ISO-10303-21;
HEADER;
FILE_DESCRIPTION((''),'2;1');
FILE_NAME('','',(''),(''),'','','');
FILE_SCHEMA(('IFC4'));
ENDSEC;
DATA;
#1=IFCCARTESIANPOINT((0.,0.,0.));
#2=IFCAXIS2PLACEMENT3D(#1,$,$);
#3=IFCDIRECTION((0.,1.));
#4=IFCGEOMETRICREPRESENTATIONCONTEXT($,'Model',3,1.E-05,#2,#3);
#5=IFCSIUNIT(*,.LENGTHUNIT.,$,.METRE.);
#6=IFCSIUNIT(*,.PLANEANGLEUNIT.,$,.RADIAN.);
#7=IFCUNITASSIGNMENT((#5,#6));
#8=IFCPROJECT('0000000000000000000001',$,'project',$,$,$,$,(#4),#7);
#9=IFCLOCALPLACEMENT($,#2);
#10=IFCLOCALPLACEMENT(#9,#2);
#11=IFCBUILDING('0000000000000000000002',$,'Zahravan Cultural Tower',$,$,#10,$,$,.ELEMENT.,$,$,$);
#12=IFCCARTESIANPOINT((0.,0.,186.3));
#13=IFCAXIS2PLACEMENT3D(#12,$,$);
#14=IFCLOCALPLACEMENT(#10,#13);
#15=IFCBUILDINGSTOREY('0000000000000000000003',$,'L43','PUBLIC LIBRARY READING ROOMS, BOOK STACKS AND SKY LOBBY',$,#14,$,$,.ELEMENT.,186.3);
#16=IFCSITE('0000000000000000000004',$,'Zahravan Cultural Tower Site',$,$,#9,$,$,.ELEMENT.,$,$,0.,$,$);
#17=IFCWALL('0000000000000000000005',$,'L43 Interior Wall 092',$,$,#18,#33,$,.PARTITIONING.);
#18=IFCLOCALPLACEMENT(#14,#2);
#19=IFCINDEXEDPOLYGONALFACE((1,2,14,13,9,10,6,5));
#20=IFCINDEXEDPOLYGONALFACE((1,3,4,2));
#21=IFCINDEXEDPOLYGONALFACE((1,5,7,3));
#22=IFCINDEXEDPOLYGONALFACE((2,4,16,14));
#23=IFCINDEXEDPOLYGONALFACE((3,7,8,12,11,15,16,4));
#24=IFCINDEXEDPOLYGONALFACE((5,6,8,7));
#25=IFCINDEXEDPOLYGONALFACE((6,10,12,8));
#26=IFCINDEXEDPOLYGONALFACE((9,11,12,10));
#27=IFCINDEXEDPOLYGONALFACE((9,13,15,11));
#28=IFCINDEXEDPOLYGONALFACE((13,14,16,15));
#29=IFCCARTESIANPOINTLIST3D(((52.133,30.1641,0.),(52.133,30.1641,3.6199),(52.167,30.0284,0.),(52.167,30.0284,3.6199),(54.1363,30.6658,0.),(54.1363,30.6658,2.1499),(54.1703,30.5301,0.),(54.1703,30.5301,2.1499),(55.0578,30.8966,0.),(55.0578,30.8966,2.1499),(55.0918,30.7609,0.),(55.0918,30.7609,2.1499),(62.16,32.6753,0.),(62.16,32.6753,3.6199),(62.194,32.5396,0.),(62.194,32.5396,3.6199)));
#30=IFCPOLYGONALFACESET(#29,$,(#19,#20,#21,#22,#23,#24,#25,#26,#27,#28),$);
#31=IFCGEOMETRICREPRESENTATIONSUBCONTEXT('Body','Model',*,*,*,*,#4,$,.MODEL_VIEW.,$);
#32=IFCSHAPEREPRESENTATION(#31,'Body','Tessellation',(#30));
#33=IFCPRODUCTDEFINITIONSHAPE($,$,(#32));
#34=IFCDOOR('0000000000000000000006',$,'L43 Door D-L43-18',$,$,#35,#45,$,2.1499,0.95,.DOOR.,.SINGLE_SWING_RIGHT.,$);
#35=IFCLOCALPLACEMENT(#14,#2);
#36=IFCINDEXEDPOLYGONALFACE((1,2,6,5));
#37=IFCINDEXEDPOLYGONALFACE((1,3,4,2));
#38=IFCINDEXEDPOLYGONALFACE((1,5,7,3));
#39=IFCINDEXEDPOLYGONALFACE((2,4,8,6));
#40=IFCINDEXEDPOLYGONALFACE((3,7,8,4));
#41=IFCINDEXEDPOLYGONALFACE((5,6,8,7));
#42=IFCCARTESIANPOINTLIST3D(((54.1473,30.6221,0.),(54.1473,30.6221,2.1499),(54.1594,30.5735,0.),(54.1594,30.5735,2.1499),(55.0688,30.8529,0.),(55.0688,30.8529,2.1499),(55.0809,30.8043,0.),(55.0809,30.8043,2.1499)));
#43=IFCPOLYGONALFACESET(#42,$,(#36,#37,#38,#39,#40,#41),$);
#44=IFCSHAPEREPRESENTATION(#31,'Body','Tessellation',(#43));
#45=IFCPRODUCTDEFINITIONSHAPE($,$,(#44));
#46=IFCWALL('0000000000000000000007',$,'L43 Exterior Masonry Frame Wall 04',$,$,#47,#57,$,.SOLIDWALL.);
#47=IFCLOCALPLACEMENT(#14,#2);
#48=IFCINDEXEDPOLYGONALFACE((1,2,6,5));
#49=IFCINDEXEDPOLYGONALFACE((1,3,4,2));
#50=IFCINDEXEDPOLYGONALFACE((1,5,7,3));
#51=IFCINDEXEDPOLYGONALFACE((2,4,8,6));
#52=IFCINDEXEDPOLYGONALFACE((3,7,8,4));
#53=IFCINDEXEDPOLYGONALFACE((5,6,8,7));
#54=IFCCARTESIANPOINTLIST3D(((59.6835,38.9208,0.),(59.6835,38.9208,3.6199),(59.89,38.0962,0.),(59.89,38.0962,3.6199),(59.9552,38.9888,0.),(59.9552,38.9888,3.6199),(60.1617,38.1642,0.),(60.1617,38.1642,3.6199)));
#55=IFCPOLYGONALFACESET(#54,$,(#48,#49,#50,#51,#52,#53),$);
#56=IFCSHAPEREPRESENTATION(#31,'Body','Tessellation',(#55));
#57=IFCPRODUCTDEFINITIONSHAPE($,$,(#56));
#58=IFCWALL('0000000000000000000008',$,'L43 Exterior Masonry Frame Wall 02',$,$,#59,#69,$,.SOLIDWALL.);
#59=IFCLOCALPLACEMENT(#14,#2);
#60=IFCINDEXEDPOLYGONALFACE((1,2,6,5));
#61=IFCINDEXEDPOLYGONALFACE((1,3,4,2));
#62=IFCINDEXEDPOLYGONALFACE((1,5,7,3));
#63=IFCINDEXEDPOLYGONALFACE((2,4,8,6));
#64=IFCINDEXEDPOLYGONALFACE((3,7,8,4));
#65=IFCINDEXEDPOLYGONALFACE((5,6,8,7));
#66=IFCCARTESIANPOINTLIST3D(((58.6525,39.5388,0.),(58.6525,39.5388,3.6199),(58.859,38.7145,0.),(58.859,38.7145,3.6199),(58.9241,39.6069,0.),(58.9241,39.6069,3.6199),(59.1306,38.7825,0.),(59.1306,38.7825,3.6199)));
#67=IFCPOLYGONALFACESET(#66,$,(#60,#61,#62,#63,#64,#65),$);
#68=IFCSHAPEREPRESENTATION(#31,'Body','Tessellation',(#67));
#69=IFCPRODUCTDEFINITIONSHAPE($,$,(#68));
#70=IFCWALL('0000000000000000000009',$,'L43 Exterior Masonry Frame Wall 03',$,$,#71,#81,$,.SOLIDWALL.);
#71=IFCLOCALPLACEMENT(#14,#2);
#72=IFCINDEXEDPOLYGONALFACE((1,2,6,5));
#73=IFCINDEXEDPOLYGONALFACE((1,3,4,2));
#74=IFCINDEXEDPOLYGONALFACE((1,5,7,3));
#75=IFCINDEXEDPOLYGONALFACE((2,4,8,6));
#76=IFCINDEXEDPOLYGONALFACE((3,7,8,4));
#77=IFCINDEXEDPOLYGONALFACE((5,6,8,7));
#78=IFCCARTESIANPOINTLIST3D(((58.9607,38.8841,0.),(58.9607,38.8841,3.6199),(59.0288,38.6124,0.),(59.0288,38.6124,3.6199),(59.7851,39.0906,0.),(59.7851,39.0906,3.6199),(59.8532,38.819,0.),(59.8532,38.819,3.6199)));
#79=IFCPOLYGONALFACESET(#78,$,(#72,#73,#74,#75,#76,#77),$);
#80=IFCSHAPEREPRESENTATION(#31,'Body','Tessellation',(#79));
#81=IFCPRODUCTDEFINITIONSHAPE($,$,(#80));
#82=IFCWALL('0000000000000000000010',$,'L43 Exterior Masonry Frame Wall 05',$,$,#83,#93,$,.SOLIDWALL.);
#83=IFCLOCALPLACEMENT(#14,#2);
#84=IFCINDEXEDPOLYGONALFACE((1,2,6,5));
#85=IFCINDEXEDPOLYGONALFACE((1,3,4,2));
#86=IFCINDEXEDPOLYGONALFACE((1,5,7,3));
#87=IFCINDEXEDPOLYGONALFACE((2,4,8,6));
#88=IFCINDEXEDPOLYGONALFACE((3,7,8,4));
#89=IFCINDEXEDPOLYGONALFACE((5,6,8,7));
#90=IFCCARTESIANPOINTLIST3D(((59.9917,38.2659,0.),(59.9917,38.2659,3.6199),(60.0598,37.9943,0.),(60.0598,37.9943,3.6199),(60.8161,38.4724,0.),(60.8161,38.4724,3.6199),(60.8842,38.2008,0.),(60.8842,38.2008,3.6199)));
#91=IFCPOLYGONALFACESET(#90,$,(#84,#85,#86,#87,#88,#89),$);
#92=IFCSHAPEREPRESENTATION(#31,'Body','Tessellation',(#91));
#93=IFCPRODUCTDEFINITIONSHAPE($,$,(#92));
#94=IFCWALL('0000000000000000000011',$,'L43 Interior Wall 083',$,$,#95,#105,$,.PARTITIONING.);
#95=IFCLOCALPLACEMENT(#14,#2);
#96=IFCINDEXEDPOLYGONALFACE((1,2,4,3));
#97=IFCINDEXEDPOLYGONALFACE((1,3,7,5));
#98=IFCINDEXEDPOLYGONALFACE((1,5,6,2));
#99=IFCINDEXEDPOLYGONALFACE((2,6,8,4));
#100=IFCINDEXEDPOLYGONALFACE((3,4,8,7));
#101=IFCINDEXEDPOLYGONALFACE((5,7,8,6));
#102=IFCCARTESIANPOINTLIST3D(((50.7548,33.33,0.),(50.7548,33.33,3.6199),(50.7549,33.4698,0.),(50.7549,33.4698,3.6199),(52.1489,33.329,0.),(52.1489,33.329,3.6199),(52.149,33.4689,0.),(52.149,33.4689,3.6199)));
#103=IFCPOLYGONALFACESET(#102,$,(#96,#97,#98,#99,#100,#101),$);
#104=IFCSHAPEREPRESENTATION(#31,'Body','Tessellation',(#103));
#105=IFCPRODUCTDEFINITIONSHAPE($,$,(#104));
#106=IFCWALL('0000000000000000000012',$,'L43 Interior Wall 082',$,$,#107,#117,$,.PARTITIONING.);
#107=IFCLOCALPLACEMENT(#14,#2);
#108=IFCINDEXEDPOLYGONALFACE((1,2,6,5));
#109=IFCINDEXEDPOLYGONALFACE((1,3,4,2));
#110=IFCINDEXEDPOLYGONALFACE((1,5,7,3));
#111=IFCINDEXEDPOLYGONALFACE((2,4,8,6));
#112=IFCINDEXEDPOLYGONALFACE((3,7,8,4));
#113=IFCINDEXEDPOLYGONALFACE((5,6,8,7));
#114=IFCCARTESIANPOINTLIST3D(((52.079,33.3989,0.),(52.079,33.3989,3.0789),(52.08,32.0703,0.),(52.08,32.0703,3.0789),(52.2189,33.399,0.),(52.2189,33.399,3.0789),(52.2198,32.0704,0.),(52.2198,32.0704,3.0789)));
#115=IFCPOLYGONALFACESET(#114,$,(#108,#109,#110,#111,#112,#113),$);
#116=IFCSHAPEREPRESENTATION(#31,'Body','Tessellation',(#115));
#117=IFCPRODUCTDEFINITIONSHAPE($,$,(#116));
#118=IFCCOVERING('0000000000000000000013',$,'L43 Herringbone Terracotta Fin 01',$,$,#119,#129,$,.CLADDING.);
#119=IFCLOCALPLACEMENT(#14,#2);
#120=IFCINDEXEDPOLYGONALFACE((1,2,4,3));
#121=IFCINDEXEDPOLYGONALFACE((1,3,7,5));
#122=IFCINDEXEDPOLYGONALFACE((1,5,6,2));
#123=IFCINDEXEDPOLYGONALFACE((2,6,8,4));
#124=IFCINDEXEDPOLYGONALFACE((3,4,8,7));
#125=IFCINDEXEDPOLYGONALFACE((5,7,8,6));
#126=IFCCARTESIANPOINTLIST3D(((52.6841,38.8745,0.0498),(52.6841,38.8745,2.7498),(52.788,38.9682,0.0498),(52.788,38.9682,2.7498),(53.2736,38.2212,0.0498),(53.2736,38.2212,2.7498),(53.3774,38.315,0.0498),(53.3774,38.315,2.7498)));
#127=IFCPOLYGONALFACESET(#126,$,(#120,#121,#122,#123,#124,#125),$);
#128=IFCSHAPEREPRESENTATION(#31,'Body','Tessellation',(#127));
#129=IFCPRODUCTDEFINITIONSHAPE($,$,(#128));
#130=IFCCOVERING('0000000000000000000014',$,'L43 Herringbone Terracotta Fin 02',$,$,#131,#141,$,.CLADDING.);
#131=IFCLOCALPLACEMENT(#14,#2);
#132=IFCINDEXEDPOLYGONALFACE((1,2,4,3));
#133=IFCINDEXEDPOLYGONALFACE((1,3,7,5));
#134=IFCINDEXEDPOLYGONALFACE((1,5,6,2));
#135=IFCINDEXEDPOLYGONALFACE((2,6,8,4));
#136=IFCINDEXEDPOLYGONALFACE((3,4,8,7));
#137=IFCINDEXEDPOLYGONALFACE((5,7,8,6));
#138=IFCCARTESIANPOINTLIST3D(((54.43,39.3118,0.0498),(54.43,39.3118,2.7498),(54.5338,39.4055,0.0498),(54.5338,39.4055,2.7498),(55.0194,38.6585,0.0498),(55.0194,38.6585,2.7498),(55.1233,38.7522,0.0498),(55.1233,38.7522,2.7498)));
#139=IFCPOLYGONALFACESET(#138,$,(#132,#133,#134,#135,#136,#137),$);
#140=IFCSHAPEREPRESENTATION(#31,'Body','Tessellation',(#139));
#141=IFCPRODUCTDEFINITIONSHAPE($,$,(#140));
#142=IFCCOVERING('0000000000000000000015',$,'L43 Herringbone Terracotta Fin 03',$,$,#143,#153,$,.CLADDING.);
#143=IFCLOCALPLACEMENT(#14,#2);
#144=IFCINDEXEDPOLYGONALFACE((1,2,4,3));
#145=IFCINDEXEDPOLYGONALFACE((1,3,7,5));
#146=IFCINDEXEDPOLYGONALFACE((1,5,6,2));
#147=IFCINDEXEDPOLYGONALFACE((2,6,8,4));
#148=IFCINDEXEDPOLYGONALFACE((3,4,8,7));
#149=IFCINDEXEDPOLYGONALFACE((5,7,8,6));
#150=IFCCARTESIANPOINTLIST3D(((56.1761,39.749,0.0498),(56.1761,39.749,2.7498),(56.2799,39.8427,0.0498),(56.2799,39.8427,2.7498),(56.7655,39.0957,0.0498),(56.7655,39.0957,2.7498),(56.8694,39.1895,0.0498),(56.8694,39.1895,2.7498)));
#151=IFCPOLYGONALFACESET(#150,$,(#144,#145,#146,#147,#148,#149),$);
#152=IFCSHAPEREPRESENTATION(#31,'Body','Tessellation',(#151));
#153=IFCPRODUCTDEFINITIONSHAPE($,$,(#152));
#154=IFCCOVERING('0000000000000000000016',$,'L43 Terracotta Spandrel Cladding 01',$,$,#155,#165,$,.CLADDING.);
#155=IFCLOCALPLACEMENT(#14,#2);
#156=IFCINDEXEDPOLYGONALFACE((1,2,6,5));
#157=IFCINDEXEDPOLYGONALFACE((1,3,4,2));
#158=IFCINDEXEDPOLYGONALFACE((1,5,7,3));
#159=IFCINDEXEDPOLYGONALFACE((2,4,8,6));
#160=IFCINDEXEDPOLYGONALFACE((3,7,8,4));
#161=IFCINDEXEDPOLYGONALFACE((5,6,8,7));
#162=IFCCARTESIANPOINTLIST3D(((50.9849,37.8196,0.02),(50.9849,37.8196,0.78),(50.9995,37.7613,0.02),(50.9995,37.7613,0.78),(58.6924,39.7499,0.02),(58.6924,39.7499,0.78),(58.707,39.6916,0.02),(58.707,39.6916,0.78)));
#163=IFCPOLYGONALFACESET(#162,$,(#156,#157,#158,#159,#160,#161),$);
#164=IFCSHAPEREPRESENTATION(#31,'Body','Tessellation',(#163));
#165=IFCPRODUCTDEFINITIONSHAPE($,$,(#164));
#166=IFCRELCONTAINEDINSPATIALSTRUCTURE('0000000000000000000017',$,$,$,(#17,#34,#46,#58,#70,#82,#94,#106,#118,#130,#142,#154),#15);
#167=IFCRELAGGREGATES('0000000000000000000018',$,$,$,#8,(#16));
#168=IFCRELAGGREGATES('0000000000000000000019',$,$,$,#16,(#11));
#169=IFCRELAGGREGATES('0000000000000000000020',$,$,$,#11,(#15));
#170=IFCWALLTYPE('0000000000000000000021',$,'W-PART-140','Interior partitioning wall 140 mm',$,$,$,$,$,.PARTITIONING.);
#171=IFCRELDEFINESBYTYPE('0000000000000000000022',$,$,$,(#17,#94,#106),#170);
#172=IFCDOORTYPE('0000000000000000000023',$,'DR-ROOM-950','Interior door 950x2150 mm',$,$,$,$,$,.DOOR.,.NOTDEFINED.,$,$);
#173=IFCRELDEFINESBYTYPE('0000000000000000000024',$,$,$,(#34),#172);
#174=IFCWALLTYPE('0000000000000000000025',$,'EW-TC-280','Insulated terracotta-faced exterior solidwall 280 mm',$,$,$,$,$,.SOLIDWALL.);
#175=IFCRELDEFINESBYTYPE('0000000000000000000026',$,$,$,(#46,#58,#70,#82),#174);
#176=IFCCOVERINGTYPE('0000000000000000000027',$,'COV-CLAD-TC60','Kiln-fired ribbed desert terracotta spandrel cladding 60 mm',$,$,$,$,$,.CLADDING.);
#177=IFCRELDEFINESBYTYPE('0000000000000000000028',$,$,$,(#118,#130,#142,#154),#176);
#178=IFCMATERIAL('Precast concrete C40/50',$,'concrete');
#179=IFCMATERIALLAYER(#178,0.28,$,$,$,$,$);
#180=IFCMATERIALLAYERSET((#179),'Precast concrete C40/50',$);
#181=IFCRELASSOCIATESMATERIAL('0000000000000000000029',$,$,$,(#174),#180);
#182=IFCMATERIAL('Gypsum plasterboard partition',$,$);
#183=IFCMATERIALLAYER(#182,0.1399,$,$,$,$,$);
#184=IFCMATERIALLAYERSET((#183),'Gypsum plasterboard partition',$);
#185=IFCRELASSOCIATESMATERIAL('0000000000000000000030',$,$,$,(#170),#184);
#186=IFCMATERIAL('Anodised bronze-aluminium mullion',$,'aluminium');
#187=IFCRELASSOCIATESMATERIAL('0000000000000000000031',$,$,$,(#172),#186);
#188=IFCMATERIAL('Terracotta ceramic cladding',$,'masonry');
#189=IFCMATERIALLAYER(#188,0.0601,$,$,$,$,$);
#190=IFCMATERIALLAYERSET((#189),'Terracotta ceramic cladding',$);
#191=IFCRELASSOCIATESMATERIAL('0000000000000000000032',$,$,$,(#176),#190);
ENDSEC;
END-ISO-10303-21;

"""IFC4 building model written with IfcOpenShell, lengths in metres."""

from ifc_helpers import new_model, si_unit, direction, frame, frame_2d, origin, origin_2d, place, context, subcontext, project, spatial, rectangle, extrude, source, transform, mapped, material, layer, layer_set, type_object, element, fill, save


model = new_model("IFC4")

# Units and contexts
model_context = context("Model", 3, precision=1e-05, world=origin(), true_north=direction((0.0, 1.0)))
body_context = subcontext(model_context, "Body", "Model", "MODEL_VIEW")
ifc_project = project(units=[si_unit("LENGTHUNIT", "METRE"), si_unit("PLANEANGLEUNIT", "RADIAN")], contexts=[model_context])

# Site, building, storey
site_placement = place(None, origin())
site = spatial("IfcSite", under=ifc_project, at=site_placement, Name="Zahravan Cultural Tower Site", CompositionType="ELEMENT", RefElevation=0.0)
building_placement = place(site_placement, origin())
building = spatial("IfcBuilding", under=site, at=building_placement, Name="Zahravan Cultural Tower", CompositionType="ELEMENT")
storey_placement = place(building_placement, frame((0.0, 0.0, 186.3)))
storey = spatial("IfcBuildingStorey", under=building, at=storey_placement, Name="L43", Description="PUBLIC LIBRARY READING ROOMS, BOOK STACKS AND SKY LOBBY", CompositionType="ELEMENT", Elevation=186.3)

# Shared definitions
ifc_material_1 = material(Name="Anodised bronze-aluminium mullion", Category="aluminium")

# Shared definitions
ifc_material_2 = material(Name="Precast concrete C40/50", Category="concrete")
ifc_layer_1 = layer(ifc_material_2, 0.28)
ifc_layer_set_1 = layer_set([ifc_layer_1], Name="Precast concrete C40/50")
wall_type_1 = type_object("IfcWallType", Name="EW-TC-280", Description="Insulated terracotta-faced exterior solidwall 280 mm", PredefinedType="SOLIDWALL", material=ifc_layer_set_1)

# Wall, opening, door
ifc_material_3 = material(Name="Gypsum plasterboard partition")
ifc_layer_2 = layer(ifc_material_3, 0.1399)
ifc_layer_set_2 = layer_set([ifc_layer_2], Name="Gypsum plasterboard partition")
wall_type_2 = type_object("IfcWallType", Name="W-PART-140", Description="Interior partitioning wall 140 mm", PredefinedType="PARTITIONING", material=ifc_layer_set_2)
wall_1_placement = place(storey_placement, frame((52.1499, 30.0962, 0.0), z_axis=(0.0, 0.0, 1.0), x_axis=(0.970041, 0.242941, 0.0)))
wall_1 = element("IfcWall", 1, at=wall_1_placement, inside=storey, type_object=wall_type_2, Name="L43 Interior Wall 092", PredefinedType="PARTITIONING", context=body_context, shape_type="SweptSolid", body=[
    extrude(rectangle(XDim=10.3367, YDim=0.1399, at=frame_2d((5.1685, 0.0))), origin(), (0.0, 0.0, 1.0), 3.6199),
])
opening_1_placement = place(wall_1_placement, frame((2.0652, 0.0, 0.0)))
opening_1 = element("IfcOpeningElement", 2, at=opening_1_placement, cuts=wall_1, PredefinedType="OPENING", context=body_context, shape_type="SweptSolid", body=[
    extrude(rectangle(XDim=0.95, YDim=2.1499, at=frame_2d((0.4751, 1.075))), frame((0.0, 0.0798, 0.0), z_axis=(0.0, -1.0, 0.0), x_axis=(1.0, 0.0, 0.0)), (0.0, 0.0, 1.0), 0.1599),
])
door_type = type_object("IfcDoorType", Name="DR-ROOM-950", Description="Interior door 950x2150 mm", OperationType="NOTDEFINED", PredefinedType="DOOR", material=ifc_material_1)
shared_shape_1 = source(origin(), body_context, "Body", "SweptSolid", [
    extrude(rectangle(XDim=0.95, YDim=2.1499, at=frame_2d((0.4751, 1.075))), frame((0.0, 0.0249, 0.0), z_axis=(0.0, -1.0, 0.0), x_axis=(1.0, 0.0, 0.0)), (0.0, 0.0, 1.0), 0.05),
])
door_placement = place(opening_1_placement, origin())
door = element("IfcDoor", 3, at=door_placement, inside=storey, type_object=door_type, Name="L43 Door D-L43-18", OperationType="SINGLE_SWING_RIGHT", OverallHeight=2.1499, OverallWidth=0.95, PredefinedType="DOOR", context=body_context, shape_type="MappedRepresentation", body=[
    mapped(shared_shape_1, transform((0.0, 0.0, 0.0), x_axis=(1.0, 0.0, 0.0), y_axis=(0.0, 1.0, 0.0), z_axis=(0.0, 0.0, 1.0), scale=1.0)),
])
fill(opening_1, door)

# Walls
shared_shape_2 = source(origin(), body_context, "Body", "SweptSolid", [
    extrude(rectangle(XDim=0.8501, YDim=0.28, at=frame_2d((0.425, 0.0))), origin(), (0.0, 0.0, 1.0), 3.6199),
])
wall_2_placement = place(storey_placement, frame((59.8193, 38.9548, 0.0), z_axis=(0.0, 0.0, 1.0), x_axis=(0.242941, -0.970041, 0.0)))
element("IfcWall", 4, at=wall_2_placement, inside=storey, type_object=wall_type_1, Name="L43 Exterior Masonry Frame Wall 04", PredefinedType="SOLIDWALL", context=body_context, shape_type="MappedRepresentation", body=[
    mapped(shared_shape_2, transform((0.0, 0.0, 0.0), x_axis=(1.0, 0.0, 0.0), y_axis=(0.0, 1.0, 0.0), z_axis=(0.0, 0.0, 1.0), scale=1.0)),
])
shared_shape_3 = source(origin(), body_context, "Body", "SweptSolid", [
    extrude(rectangle(XDim=0.8499, YDim=0.28, at=frame_2d((0.4248, 0.0))), origin(), (0.0, 0.0, 1.0), 3.6199),
])
for number, where, z_axis, x_axis, name in (
    (5, (58.7883, 39.5728, 0.0), (0.0, 0.0, 1.0), (0.243009, -0.970024, 0.0), "L43 Exterior Masonry Frame Wall 02"),
    (6, (58.9949, 38.7483, 0.0), (0.0, 0.0, 1.0), (0.970024, 0.243009, 0.0), "L43 Exterior Masonry Frame Wall 03"),
    (7, (60.0259, 38.1301, 0.0), (0.0, 0.0, 1.0), (0.970024, 0.243009, 0.0), "L43 Exterior Masonry Frame Wall 05"),
):
    element("IfcWall", number, at=place(storey_placement, frame(where, z_axis=z_axis, x_axis=x_axis)), inside=storey, type_object=wall_type_1, Name=name, PredefinedType="SOLIDWALL", context=body_context, shape_type="MappedRepresentation", body=[
        mapped(shared_shape_3, transform((0.0, 0.0, 0.0), x_axis=(1.0, 0.0, 0.0), y_axis=(0.0, 1.0, 0.0), z_axis=(0.0, 0.0, 1.0), scale=1.0)),
    ])
shared_shape_4 = source(origin(), body_context, "Body", "SweptSolid", [
    extrude(rectangle(XDim=1.394, YDim=0.1399, at=frame_2d((0.697, 0.0))), origin(), (0.0, 0.0, 1.0), 3.6199),
])
wall_3_placement = place(storey_placement, frame((52.1489, 33.3989, 0.0), z_axis=(0.0, 0.0, 1.0), x_axis=(-1.0, 0.000701, 0.0)))
element("IfcWall", 8, at=wall_3_placement, inside=storey, type_object=wall_type_2, Name="L43 Interior Wall 083", PredefinedType="PARTITIONING", context=body_context, shape_type="MappedRepresentation", body=[
    mapped(shared_shape_4, transform((0.0, 0.0, 0.0), x_axis=(1.0, 0.0, 0.0), y_axis=(0.0, 1.0, 0.0), z_axis=(0.0, 0.0, 1.0), scale=1.0)),
])
shared_shape_5 = source(origin(), body_context, "Body", "SweptSolid", [
    extrude(rectangle(XDim=1.3286, YDim=0.1399, at=frame_2d((0.6643, 0.0))), origin(), (0.0, 0.0, 1.0), 3.0789),
])
wall_4_placement = place(storey_placement, frame((52.1499, 32.0703, 0.0), z_axis=(0.0, 0.0, 1.0), x_axis=(-0.000735, 1.0, 0.0)))
element("IfcWall", 9, at=wall_4_placement, inside=storey, type_object=wall_type_2, Name="L43 Interior Wall 082", PredefinedType="PARTITIONING", context=body_context, shape_type="MappedRepresentation", body=[
    mapped(shared_shape_5, transform((0.0, 0.0, 0.0), x_axis=(1.0, 0.0, 0.0), y_axis=(0.0, 1.0, 0.0), z_axis=(0.0, 0.0, 1.0), scale=1.0)),
])

# Coverings
ifc_material_4 = material(Name="Terracotta ceramic cladding", Category="masonry")
ifc_layer_3 = layer(ifc_material_4, 0.0601)
ifc_layer_set_3 = layer_set([ifc_layer_3], Name="Terracotta ceramic cladding")
covering_type = type_object("IfcCoveringType", Name="COV-CLAD-TC60", Description="Kiln-fired ribbed desert terracotta spandrel cladding 60 mm", PredefinedType="CLADDING", material=ifc_layer_set_3)
shared_shape_6 = source(origin(), body_context, "Body", "SweptSolid", [
    extrude(rectangle(XDim=0.8799, YDim=0.1399, at=origin_2d()), origin(), (0.0, 0.0, 1.0), 2.7),
])
for number, where, z_axis, x_axis, name in (
    (10, (53.0308, 38.5947, 0.0498), (0.0, 0.0, 1.0), (-0.669908, 0.742444, 0.0), "L43 Herringbone Terracotta Fin 01"),
    (11, (54.7766, 39.032, 0.0498), (0.0, 0.0, 1.0), (-0.669908, 0.742444, 0.0), "L43 Herringbone Terracotta Fin 02"),
    (12, (56.5227, 39.4692, 0.0498), (0.0, 0.0, 1.0), (-0.669908, 0.742444, 0.0), "L43 Herringbone Terracotta Fin 03"),
):
    element("IfcCovering", number, at=place(storey_placement, frame(where, z_axis=z_axis, x_axis=x_axis)), inside=storey, type_object=covering_type, Name=name, PredefinedType="CLADDING", context=body_context, shape_type="MappedRepresentation", body=[
        mapped(shared_shape_6, transform((0.0, 0.0, 0.0), x_axis=(1.0, 0.0, 0.0), y_axis=(0.0, 1.0, 0.0), z_axis=(0.0, 0.0, 1.0), scale=1.0)),
    ])
shared_shape_7 = source(origin(), body_context, "Body", "SweptSolid", [
    extrude(rectangle(XDim=7.9456, YDim=0.0601, at=origin_2d()), origin(), (0.0, 0.0, 1.0), 0.76),
])
covering_placement = place(storey_placement, frame((54.8459, 38.7556, 0.02), z_axis=(0.0, 0.0, 1.0), x_axis=(0.970042, 0.242938, 0.0)))
element("IfcCovering", 13, at=covering_placement, inside=storey, type_object=covering_type, Name="L43 Terracotta Spandrel Cladding 01", PredefinedType="CLADDING", context=body_context, shape_type="MappedRepresentation", body=[
    mapped(shared_shape_7, transform((0.0, 0.0, 0.0), x_axis=(1.0, 0.0, 0.0), y_axis=(0.0, 1.0, 0.0), z_axis=(0.0, 0.0, 1.0), scale=1.0)),
])

save(model, "model.ifc")
